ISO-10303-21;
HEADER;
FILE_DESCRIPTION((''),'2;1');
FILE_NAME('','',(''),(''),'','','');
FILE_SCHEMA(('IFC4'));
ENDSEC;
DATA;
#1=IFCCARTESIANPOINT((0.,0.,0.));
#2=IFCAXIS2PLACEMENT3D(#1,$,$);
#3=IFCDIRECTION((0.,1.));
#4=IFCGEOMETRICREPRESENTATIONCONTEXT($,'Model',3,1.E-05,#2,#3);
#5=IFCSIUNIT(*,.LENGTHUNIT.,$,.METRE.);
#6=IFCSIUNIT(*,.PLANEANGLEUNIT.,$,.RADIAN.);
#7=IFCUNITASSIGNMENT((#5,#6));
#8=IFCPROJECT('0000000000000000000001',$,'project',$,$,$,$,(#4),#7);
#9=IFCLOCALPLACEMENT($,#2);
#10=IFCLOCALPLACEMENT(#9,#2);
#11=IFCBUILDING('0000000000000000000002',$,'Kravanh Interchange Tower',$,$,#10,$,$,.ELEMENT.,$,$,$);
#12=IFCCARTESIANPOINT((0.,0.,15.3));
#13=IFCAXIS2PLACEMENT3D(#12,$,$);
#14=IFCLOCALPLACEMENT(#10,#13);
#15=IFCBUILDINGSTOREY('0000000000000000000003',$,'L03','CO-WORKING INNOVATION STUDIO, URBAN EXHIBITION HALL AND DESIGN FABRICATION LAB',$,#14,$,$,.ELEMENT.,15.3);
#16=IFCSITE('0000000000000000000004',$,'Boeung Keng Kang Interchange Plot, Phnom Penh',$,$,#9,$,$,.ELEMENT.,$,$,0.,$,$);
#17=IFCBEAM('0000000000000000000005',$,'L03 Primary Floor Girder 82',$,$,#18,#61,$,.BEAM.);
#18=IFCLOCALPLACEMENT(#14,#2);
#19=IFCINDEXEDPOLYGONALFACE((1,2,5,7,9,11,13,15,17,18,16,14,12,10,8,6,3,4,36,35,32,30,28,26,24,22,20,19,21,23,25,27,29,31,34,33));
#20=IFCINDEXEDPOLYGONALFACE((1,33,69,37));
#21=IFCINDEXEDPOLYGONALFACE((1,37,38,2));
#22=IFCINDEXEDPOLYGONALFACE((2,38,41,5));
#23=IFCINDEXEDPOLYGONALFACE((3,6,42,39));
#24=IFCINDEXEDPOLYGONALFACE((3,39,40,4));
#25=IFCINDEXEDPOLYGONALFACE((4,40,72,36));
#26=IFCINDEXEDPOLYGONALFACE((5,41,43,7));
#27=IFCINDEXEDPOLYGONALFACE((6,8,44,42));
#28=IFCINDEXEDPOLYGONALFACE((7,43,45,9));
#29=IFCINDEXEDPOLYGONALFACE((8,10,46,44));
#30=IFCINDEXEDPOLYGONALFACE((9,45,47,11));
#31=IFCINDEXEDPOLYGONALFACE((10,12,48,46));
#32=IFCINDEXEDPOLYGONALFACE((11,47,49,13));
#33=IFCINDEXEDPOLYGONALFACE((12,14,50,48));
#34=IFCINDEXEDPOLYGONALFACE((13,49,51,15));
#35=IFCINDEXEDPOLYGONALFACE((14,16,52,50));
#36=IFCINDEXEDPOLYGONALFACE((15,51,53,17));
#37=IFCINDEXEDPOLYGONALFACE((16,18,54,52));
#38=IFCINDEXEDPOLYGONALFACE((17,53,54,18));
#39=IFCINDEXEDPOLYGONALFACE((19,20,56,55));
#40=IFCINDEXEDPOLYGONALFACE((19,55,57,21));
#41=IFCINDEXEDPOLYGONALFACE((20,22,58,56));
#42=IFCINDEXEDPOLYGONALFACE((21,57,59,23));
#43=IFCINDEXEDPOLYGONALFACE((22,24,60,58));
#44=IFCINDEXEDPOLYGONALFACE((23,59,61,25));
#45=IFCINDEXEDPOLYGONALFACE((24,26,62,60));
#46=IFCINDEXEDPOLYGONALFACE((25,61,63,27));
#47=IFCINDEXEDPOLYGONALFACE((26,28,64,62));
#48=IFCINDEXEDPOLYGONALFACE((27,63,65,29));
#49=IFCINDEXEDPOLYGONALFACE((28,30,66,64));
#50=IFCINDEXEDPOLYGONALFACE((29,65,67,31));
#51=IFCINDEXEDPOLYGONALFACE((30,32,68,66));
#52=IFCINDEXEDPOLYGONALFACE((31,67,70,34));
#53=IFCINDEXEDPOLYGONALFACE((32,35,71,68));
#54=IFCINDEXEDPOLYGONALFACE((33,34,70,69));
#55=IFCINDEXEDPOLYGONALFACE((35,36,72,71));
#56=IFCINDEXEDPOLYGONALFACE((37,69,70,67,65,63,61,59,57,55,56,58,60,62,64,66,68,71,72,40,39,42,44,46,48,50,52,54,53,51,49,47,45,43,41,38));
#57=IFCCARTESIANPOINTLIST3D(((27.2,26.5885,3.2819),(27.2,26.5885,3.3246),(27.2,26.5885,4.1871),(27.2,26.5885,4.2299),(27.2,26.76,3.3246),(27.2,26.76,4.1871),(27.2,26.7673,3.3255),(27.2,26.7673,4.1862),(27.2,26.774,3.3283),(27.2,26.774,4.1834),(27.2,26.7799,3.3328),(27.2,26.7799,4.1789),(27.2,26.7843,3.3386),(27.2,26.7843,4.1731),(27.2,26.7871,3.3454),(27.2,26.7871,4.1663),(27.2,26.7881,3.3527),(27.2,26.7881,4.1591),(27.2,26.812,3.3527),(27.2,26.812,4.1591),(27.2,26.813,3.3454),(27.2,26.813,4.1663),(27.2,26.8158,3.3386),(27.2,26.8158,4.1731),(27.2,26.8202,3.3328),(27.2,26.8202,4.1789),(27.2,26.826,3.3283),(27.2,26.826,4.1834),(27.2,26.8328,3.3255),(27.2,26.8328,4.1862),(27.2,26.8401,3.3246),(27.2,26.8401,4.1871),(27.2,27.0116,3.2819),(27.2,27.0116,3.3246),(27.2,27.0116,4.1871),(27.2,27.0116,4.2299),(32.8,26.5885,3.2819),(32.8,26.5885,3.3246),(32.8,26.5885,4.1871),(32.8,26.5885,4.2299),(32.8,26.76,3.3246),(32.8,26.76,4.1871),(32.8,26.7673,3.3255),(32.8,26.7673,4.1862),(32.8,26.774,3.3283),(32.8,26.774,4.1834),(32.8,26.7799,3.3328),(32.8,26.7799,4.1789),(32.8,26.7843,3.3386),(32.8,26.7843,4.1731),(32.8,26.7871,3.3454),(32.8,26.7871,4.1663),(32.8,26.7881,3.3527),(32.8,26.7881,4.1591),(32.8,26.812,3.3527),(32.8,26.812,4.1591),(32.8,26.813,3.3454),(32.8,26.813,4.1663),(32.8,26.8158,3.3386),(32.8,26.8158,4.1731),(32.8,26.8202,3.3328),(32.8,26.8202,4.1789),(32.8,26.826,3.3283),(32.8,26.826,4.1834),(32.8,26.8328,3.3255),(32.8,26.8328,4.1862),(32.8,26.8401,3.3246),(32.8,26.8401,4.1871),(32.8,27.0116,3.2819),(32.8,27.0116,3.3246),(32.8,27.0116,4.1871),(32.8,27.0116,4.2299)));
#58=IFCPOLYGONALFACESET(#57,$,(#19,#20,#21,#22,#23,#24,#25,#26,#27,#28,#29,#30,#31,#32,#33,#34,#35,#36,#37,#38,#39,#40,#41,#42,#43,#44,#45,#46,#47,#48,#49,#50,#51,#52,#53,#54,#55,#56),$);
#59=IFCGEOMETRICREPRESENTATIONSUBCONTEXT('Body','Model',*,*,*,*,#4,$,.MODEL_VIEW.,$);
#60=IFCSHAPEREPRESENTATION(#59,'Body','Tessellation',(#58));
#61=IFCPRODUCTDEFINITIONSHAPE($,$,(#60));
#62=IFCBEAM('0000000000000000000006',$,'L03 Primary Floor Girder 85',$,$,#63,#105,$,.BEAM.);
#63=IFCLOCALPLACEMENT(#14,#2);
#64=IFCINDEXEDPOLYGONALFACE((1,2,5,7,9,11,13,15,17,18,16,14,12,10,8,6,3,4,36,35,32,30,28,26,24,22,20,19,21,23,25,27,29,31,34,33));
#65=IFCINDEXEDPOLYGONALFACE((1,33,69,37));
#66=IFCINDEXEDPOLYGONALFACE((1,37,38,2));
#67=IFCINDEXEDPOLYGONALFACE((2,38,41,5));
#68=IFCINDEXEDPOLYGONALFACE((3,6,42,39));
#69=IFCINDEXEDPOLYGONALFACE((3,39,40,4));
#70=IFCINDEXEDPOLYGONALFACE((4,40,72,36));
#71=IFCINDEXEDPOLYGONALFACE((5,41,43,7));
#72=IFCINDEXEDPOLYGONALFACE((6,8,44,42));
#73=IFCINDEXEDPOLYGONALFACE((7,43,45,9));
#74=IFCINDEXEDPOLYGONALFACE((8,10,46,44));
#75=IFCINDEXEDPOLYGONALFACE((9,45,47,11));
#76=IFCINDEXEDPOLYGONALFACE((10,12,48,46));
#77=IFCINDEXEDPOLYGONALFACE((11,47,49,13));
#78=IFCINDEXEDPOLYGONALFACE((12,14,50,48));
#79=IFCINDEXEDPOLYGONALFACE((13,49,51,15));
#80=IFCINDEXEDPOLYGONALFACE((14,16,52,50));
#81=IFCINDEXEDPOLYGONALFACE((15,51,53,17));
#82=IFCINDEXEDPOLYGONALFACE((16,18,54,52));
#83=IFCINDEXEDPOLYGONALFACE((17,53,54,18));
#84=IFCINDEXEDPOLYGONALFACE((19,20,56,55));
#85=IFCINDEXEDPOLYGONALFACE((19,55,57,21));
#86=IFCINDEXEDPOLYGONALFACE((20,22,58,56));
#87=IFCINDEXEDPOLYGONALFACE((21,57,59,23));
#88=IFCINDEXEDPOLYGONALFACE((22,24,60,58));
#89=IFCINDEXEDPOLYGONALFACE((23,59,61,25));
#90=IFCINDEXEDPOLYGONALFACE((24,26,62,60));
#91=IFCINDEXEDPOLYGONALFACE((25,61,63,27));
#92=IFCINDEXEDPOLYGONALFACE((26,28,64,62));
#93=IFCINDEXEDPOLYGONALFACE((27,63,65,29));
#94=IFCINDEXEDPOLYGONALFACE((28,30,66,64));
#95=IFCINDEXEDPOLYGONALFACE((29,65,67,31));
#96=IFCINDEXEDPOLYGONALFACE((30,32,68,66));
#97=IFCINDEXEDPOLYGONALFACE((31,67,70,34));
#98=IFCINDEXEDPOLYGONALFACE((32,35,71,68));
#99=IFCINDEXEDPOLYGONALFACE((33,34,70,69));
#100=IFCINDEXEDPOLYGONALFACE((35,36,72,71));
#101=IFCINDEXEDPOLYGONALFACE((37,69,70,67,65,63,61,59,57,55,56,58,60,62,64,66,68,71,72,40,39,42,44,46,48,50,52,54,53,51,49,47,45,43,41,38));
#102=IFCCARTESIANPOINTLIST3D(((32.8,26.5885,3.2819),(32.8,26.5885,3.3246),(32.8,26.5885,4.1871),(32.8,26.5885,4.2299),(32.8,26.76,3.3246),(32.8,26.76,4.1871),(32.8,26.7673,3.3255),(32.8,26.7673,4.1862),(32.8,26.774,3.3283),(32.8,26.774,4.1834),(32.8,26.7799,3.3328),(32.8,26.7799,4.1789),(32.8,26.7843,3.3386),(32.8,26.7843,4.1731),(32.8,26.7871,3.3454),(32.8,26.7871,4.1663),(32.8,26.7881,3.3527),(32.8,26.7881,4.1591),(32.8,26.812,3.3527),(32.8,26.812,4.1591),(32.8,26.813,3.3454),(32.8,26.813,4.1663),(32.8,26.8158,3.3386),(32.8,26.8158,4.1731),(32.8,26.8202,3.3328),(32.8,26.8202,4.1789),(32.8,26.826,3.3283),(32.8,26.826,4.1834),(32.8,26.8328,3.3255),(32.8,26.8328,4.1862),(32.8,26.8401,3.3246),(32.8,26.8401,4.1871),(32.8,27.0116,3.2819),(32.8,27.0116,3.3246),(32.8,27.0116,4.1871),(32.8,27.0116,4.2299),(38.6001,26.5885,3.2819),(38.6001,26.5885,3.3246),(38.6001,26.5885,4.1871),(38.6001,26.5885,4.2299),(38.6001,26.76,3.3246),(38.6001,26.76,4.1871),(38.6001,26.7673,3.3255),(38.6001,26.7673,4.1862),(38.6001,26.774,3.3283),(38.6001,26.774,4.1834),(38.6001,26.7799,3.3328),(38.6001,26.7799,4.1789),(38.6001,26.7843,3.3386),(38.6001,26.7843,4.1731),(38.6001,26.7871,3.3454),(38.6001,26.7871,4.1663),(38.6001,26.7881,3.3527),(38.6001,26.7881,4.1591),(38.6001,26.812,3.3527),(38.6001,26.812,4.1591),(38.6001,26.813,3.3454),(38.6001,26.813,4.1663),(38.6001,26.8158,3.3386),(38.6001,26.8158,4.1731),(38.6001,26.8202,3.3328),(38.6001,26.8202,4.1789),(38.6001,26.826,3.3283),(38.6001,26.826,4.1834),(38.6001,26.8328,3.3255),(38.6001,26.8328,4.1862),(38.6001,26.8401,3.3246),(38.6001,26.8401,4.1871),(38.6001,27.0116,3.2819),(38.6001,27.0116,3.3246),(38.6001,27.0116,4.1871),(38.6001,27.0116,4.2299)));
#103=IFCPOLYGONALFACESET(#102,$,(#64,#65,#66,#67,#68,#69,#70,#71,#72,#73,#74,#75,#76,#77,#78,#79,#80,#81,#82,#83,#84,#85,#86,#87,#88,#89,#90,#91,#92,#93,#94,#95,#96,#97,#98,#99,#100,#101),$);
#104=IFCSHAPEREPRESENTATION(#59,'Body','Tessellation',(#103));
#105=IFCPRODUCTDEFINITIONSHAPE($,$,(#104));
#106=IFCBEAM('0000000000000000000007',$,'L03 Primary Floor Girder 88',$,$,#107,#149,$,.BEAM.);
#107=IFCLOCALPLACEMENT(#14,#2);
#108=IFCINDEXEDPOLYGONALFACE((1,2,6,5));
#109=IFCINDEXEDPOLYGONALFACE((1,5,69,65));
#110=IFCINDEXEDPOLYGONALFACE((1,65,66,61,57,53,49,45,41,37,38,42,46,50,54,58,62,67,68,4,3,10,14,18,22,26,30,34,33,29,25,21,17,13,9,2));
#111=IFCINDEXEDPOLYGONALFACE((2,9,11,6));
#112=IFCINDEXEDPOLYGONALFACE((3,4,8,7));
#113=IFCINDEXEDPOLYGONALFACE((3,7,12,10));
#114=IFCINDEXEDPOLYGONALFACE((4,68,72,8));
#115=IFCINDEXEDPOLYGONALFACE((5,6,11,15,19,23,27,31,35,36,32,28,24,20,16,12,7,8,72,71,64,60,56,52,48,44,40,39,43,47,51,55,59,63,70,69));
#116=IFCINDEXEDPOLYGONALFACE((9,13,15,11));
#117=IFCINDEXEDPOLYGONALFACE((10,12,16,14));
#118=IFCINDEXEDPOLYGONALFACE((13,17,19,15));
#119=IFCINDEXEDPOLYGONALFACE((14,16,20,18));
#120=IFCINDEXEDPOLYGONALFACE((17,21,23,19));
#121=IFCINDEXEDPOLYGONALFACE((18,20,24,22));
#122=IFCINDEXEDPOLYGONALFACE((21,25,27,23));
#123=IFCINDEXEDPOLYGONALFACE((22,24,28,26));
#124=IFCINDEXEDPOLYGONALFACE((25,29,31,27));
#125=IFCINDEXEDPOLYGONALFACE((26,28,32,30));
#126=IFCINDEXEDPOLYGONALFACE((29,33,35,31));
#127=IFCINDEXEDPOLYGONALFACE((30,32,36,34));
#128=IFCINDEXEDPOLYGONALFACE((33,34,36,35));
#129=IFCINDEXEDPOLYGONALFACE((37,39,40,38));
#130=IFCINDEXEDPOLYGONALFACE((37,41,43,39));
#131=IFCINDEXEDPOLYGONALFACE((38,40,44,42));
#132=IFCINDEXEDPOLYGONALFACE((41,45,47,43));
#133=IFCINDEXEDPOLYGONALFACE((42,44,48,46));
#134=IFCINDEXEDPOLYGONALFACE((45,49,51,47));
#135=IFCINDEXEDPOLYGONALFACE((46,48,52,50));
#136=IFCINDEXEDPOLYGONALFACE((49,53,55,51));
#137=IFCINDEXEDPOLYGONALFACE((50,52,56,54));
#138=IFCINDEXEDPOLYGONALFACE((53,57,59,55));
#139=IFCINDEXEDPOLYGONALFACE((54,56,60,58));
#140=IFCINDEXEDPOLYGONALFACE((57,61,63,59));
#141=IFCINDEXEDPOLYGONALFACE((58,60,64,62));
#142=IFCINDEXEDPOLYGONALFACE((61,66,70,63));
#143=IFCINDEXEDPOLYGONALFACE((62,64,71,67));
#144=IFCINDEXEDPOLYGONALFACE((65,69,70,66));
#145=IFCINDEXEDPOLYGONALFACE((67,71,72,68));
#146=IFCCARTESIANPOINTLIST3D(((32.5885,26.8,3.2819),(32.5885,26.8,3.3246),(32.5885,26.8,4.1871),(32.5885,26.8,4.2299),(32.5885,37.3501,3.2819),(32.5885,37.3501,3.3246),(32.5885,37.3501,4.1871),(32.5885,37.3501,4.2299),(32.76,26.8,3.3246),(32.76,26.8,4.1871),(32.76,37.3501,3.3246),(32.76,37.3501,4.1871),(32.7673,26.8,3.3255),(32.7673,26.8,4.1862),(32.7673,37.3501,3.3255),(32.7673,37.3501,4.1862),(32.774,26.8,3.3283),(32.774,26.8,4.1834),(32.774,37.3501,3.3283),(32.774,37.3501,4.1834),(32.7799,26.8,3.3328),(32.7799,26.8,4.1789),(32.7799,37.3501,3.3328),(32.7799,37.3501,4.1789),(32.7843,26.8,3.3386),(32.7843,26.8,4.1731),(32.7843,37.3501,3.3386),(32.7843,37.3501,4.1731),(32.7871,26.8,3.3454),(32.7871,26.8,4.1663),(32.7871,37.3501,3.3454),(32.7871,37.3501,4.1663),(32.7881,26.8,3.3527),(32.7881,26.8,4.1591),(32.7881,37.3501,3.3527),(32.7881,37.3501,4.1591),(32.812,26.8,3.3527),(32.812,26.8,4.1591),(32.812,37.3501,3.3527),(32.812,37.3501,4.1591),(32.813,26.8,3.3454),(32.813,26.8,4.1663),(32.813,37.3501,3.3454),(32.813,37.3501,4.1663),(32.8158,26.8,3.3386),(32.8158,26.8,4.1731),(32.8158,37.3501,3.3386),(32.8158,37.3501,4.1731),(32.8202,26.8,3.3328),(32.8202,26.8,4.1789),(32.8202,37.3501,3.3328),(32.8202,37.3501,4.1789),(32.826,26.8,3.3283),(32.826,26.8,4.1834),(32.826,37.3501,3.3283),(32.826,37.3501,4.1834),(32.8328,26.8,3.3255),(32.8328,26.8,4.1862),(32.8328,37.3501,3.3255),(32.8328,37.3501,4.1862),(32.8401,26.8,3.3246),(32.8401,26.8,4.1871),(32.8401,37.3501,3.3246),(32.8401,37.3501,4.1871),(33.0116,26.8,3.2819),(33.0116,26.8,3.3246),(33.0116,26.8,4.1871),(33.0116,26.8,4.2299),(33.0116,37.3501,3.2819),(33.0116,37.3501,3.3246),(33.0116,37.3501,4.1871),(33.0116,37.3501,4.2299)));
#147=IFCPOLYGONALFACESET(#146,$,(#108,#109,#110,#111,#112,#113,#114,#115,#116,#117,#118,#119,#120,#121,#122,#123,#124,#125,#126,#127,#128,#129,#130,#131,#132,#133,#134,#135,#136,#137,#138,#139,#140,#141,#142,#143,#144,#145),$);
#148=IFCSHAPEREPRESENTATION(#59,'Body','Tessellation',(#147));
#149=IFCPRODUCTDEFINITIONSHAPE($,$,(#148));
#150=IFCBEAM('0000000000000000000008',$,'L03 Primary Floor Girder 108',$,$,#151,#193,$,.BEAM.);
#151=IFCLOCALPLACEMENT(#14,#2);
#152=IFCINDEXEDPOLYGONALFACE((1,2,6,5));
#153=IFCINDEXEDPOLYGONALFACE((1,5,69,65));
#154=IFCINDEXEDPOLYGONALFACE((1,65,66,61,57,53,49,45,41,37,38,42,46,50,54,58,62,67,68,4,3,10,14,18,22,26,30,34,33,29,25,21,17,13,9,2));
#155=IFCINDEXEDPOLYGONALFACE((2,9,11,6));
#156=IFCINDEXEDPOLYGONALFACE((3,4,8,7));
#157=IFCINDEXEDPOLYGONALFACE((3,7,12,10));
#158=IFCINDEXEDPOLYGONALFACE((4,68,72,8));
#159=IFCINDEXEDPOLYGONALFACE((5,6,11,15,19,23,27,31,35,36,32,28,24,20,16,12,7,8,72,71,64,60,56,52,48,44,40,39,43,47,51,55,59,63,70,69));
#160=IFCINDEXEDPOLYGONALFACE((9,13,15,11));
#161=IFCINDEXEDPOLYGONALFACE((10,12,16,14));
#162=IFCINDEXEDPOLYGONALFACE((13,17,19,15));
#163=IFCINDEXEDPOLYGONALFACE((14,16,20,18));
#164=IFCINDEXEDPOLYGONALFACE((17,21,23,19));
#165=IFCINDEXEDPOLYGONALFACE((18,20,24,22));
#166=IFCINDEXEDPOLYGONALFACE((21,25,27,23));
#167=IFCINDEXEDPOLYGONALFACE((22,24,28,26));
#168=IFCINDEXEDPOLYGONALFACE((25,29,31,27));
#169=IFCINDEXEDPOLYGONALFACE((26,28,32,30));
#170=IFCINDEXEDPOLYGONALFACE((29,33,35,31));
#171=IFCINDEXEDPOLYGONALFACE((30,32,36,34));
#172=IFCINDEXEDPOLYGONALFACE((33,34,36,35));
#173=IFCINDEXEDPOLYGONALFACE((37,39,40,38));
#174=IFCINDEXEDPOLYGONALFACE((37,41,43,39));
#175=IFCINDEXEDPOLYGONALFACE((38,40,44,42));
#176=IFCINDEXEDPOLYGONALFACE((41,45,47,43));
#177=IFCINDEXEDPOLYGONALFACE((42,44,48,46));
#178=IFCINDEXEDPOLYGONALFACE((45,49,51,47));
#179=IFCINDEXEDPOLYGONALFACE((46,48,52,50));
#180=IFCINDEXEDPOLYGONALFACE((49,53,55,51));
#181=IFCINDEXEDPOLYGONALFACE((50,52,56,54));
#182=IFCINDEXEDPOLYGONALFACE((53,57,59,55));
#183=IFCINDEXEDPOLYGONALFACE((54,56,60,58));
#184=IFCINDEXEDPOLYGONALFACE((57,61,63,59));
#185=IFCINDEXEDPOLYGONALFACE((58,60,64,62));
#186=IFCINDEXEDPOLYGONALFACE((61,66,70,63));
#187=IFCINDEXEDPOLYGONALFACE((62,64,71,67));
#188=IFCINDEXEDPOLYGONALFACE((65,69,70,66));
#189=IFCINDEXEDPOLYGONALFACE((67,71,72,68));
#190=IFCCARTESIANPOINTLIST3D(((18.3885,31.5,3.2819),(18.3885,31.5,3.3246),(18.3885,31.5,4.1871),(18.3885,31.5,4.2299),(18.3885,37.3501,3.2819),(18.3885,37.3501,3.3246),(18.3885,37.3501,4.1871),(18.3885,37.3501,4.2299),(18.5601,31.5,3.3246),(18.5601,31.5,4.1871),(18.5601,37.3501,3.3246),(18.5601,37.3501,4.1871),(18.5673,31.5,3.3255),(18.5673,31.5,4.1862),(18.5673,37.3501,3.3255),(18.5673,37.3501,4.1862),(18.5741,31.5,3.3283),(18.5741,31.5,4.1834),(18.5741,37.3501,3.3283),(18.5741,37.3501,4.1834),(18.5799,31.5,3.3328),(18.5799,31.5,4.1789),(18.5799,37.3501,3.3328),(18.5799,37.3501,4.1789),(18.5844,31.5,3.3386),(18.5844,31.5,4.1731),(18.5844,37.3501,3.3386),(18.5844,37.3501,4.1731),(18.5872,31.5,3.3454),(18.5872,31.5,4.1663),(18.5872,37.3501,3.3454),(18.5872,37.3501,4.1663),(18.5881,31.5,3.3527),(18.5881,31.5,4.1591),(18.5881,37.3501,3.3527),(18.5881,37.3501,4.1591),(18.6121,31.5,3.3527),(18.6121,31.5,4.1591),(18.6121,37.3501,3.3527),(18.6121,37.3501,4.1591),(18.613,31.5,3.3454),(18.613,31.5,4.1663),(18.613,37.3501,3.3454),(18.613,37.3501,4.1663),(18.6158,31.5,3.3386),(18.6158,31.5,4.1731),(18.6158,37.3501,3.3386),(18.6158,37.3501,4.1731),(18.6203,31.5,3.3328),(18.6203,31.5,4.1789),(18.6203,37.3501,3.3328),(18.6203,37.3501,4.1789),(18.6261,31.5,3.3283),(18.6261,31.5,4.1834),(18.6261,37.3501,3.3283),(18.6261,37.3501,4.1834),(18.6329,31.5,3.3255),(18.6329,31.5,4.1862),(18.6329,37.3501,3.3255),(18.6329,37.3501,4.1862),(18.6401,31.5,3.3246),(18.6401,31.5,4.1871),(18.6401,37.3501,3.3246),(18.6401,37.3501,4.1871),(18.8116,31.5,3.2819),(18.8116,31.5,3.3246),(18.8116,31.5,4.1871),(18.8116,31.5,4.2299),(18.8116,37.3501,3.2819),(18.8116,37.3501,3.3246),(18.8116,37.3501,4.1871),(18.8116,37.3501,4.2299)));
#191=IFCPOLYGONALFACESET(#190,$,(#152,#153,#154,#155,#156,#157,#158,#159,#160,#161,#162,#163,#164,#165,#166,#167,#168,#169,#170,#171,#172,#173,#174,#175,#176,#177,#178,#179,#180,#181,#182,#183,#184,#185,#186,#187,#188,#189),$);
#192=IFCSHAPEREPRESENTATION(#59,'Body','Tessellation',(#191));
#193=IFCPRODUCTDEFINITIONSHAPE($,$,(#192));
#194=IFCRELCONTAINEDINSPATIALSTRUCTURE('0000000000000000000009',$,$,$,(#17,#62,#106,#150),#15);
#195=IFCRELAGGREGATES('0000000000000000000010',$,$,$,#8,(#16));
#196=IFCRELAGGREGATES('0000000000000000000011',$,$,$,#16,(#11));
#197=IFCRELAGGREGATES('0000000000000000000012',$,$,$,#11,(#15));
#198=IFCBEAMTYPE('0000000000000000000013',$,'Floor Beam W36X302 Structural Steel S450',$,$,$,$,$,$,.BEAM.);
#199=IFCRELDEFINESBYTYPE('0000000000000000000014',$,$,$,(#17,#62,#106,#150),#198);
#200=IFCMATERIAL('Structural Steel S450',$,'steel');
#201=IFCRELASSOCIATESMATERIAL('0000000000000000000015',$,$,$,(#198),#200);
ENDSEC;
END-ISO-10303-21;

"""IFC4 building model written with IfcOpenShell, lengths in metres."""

from ifc_helpers import new_model, si_unit, direction, frame, origin, origin_2d, place, context, subcontext, project, spatial, i_section, extrude, material, material_profile, profile_set, type_object, element, save


model = new_model("IFC4")

# Units and contexts
model_context = context("Model", 3, precision=1e-05, world=origin(), true_north=direction((0.0, 1.0)))
body_context = subcontext(model_context, "Body", "Model", "MODEL_VIEW")
ifc_project = project(units=[si_unit("LENGTHUNIT", "METRE"), si_unit("PLANEANGLEUNIT", "RADIAN")], contexts=[model_context])

# Site, building, storey
site_placement = place(None, origin())
site = spatial("IfcSite", under=ifc_project, at=site_placement, Name="Boeung Keng Kang Interchange Plot, Phnom Penh", CompositionType="ELEMENT", RefElevation=0.0)
building_placement = place(site_placement, origin())
building = spatial("IfcBuilding", under=site, at=building_placement, Name="Kravanh Interchange Tower", CompositionType="ELEMENT")
storey_placement = place(building_placement, frame((0.0, 0.0, 15.3)))
storey = spatial("IfcBuildingStorey", under=building, at=storey_placement, Name="L03", Description="CO-WORKING INNOVATION STUDIO, URBAN EXHIBITION HALL AND DESIGN FABRICATION LAB", CompositionType="ELEMENT", Elevation=15.3)

# Beams
ifc_material_1 = material(Name="Structural Steel S450", Category="steel")
ifc_material_profile_1 = material_profile(ifc_material_1, i_section(OverallWidth=0.4231, OverallDepth=0.948, WebThickness=0.0239, FlangeThickness=0.0427, FilletRadius=0.0281, at=origin_2d()), Name="W36X302")
ifc_profile_set_1 = profile_set([ifc_material_profile_1], Name="Structural Steel S450")
beam_type_1 = type_object("IfcBeamType", Name="Floor Beam W36X302 Structural Steel S450", PredefinedType="BEAM", material=ifc_profile_set_1)
beam_1_placement = place(storey_placement, frame((27.2, 26.8, 3.7559), z_axis=(1.0, 0.0, 0.0), x_axis=(0.0, 1.0, 0.0)))
element("IfcBeam", 1, at=beam_1_placement, inside=storey, type_object=beam_type_1, Name="L03 Primary Floor Girder 82", PredefinedType="BEAM", context=body_context, shape_type="SweptSolid", body=[
    extrude(i_section(OverallWidth=0.4231, OverallDepth=0.948, WebThickness=0.0239, FlangeThickness=0.0427, FilletRadius=0.0281, at=origin_2d()), origin(), (0.0, 0.0, 1.0), 5.6001),
])
beam_2_placement = place(storey_placement, frame((32.8, 26.8, 3.7559), z_axis=(1.0, 0.0, 0.0), x_axis=(0.0, 1.0, 0.0)))
element("IfcBeam", 2, at=beam_2_placement, inside=storey, type_object=beam_type_1, Name="L03 Primary Floor Girder 85", PredefinedType="BEAM", context=body_context, shape_type="SweptSolid", body=[
    extrude(i_section(OverallWidth=0.4231, OverallDepth=0.948, WebThickness=0.0239, FlangeThickness=0.0427, FilletRadius=0.0281, at=origin_2d()), origin(), (0.0, 0.0, 1.0), 5.8),
])
beam_3_placement = place(storey_placement, frame((32.8, 26.8, 3.7559), z_axis=(0.0, 1.0, 0.0), x_axis=(-1.0, 0.0, 0.0)))
element("IfcBeam", 3, at=beam_3_placement, inside=storey, type_object=beam_type_1, Name="L03 Primary Floor Girder 88", PredefinedType="BEAM", context=body_context, shape_type="SweptSolid", body=[
    extrude(i_section(OverallWidth=0.4231, OverallDepth=0.948, WebThickness=0.0239, FlangeThickness=0.0427, FilletRadius=0.0281, at=origin_2d()), origin(), (0.0, 0.0, 1.0), 10.55),
])
beam_4_placement = place(storey_placement, frame((18.6001, 31.5, 3.7559), z_axis=(0.0, 1.0, 0.0), x_axis=(-1.0, 0.0, 0.0)))
element("IfcBeam", 4, at=beam_4_placement, inside=storey, type_object=beam_type_1, Name="L03 Primary Floor Girder 108", PredefinedType="BEAM", context=body_context, shape_type="SweptSolid", body=[
    extrude(i_section(OverallWidth=0.4231, OverallDepth=0.948, WebThickness=0.0239, FlangeThickness=0.0427, FilletRadius=0.0281, at=origin_2d()), origin(), (0.0, 0.0, 1.0), 5.8501),
])

save(model, "model.ifc")
